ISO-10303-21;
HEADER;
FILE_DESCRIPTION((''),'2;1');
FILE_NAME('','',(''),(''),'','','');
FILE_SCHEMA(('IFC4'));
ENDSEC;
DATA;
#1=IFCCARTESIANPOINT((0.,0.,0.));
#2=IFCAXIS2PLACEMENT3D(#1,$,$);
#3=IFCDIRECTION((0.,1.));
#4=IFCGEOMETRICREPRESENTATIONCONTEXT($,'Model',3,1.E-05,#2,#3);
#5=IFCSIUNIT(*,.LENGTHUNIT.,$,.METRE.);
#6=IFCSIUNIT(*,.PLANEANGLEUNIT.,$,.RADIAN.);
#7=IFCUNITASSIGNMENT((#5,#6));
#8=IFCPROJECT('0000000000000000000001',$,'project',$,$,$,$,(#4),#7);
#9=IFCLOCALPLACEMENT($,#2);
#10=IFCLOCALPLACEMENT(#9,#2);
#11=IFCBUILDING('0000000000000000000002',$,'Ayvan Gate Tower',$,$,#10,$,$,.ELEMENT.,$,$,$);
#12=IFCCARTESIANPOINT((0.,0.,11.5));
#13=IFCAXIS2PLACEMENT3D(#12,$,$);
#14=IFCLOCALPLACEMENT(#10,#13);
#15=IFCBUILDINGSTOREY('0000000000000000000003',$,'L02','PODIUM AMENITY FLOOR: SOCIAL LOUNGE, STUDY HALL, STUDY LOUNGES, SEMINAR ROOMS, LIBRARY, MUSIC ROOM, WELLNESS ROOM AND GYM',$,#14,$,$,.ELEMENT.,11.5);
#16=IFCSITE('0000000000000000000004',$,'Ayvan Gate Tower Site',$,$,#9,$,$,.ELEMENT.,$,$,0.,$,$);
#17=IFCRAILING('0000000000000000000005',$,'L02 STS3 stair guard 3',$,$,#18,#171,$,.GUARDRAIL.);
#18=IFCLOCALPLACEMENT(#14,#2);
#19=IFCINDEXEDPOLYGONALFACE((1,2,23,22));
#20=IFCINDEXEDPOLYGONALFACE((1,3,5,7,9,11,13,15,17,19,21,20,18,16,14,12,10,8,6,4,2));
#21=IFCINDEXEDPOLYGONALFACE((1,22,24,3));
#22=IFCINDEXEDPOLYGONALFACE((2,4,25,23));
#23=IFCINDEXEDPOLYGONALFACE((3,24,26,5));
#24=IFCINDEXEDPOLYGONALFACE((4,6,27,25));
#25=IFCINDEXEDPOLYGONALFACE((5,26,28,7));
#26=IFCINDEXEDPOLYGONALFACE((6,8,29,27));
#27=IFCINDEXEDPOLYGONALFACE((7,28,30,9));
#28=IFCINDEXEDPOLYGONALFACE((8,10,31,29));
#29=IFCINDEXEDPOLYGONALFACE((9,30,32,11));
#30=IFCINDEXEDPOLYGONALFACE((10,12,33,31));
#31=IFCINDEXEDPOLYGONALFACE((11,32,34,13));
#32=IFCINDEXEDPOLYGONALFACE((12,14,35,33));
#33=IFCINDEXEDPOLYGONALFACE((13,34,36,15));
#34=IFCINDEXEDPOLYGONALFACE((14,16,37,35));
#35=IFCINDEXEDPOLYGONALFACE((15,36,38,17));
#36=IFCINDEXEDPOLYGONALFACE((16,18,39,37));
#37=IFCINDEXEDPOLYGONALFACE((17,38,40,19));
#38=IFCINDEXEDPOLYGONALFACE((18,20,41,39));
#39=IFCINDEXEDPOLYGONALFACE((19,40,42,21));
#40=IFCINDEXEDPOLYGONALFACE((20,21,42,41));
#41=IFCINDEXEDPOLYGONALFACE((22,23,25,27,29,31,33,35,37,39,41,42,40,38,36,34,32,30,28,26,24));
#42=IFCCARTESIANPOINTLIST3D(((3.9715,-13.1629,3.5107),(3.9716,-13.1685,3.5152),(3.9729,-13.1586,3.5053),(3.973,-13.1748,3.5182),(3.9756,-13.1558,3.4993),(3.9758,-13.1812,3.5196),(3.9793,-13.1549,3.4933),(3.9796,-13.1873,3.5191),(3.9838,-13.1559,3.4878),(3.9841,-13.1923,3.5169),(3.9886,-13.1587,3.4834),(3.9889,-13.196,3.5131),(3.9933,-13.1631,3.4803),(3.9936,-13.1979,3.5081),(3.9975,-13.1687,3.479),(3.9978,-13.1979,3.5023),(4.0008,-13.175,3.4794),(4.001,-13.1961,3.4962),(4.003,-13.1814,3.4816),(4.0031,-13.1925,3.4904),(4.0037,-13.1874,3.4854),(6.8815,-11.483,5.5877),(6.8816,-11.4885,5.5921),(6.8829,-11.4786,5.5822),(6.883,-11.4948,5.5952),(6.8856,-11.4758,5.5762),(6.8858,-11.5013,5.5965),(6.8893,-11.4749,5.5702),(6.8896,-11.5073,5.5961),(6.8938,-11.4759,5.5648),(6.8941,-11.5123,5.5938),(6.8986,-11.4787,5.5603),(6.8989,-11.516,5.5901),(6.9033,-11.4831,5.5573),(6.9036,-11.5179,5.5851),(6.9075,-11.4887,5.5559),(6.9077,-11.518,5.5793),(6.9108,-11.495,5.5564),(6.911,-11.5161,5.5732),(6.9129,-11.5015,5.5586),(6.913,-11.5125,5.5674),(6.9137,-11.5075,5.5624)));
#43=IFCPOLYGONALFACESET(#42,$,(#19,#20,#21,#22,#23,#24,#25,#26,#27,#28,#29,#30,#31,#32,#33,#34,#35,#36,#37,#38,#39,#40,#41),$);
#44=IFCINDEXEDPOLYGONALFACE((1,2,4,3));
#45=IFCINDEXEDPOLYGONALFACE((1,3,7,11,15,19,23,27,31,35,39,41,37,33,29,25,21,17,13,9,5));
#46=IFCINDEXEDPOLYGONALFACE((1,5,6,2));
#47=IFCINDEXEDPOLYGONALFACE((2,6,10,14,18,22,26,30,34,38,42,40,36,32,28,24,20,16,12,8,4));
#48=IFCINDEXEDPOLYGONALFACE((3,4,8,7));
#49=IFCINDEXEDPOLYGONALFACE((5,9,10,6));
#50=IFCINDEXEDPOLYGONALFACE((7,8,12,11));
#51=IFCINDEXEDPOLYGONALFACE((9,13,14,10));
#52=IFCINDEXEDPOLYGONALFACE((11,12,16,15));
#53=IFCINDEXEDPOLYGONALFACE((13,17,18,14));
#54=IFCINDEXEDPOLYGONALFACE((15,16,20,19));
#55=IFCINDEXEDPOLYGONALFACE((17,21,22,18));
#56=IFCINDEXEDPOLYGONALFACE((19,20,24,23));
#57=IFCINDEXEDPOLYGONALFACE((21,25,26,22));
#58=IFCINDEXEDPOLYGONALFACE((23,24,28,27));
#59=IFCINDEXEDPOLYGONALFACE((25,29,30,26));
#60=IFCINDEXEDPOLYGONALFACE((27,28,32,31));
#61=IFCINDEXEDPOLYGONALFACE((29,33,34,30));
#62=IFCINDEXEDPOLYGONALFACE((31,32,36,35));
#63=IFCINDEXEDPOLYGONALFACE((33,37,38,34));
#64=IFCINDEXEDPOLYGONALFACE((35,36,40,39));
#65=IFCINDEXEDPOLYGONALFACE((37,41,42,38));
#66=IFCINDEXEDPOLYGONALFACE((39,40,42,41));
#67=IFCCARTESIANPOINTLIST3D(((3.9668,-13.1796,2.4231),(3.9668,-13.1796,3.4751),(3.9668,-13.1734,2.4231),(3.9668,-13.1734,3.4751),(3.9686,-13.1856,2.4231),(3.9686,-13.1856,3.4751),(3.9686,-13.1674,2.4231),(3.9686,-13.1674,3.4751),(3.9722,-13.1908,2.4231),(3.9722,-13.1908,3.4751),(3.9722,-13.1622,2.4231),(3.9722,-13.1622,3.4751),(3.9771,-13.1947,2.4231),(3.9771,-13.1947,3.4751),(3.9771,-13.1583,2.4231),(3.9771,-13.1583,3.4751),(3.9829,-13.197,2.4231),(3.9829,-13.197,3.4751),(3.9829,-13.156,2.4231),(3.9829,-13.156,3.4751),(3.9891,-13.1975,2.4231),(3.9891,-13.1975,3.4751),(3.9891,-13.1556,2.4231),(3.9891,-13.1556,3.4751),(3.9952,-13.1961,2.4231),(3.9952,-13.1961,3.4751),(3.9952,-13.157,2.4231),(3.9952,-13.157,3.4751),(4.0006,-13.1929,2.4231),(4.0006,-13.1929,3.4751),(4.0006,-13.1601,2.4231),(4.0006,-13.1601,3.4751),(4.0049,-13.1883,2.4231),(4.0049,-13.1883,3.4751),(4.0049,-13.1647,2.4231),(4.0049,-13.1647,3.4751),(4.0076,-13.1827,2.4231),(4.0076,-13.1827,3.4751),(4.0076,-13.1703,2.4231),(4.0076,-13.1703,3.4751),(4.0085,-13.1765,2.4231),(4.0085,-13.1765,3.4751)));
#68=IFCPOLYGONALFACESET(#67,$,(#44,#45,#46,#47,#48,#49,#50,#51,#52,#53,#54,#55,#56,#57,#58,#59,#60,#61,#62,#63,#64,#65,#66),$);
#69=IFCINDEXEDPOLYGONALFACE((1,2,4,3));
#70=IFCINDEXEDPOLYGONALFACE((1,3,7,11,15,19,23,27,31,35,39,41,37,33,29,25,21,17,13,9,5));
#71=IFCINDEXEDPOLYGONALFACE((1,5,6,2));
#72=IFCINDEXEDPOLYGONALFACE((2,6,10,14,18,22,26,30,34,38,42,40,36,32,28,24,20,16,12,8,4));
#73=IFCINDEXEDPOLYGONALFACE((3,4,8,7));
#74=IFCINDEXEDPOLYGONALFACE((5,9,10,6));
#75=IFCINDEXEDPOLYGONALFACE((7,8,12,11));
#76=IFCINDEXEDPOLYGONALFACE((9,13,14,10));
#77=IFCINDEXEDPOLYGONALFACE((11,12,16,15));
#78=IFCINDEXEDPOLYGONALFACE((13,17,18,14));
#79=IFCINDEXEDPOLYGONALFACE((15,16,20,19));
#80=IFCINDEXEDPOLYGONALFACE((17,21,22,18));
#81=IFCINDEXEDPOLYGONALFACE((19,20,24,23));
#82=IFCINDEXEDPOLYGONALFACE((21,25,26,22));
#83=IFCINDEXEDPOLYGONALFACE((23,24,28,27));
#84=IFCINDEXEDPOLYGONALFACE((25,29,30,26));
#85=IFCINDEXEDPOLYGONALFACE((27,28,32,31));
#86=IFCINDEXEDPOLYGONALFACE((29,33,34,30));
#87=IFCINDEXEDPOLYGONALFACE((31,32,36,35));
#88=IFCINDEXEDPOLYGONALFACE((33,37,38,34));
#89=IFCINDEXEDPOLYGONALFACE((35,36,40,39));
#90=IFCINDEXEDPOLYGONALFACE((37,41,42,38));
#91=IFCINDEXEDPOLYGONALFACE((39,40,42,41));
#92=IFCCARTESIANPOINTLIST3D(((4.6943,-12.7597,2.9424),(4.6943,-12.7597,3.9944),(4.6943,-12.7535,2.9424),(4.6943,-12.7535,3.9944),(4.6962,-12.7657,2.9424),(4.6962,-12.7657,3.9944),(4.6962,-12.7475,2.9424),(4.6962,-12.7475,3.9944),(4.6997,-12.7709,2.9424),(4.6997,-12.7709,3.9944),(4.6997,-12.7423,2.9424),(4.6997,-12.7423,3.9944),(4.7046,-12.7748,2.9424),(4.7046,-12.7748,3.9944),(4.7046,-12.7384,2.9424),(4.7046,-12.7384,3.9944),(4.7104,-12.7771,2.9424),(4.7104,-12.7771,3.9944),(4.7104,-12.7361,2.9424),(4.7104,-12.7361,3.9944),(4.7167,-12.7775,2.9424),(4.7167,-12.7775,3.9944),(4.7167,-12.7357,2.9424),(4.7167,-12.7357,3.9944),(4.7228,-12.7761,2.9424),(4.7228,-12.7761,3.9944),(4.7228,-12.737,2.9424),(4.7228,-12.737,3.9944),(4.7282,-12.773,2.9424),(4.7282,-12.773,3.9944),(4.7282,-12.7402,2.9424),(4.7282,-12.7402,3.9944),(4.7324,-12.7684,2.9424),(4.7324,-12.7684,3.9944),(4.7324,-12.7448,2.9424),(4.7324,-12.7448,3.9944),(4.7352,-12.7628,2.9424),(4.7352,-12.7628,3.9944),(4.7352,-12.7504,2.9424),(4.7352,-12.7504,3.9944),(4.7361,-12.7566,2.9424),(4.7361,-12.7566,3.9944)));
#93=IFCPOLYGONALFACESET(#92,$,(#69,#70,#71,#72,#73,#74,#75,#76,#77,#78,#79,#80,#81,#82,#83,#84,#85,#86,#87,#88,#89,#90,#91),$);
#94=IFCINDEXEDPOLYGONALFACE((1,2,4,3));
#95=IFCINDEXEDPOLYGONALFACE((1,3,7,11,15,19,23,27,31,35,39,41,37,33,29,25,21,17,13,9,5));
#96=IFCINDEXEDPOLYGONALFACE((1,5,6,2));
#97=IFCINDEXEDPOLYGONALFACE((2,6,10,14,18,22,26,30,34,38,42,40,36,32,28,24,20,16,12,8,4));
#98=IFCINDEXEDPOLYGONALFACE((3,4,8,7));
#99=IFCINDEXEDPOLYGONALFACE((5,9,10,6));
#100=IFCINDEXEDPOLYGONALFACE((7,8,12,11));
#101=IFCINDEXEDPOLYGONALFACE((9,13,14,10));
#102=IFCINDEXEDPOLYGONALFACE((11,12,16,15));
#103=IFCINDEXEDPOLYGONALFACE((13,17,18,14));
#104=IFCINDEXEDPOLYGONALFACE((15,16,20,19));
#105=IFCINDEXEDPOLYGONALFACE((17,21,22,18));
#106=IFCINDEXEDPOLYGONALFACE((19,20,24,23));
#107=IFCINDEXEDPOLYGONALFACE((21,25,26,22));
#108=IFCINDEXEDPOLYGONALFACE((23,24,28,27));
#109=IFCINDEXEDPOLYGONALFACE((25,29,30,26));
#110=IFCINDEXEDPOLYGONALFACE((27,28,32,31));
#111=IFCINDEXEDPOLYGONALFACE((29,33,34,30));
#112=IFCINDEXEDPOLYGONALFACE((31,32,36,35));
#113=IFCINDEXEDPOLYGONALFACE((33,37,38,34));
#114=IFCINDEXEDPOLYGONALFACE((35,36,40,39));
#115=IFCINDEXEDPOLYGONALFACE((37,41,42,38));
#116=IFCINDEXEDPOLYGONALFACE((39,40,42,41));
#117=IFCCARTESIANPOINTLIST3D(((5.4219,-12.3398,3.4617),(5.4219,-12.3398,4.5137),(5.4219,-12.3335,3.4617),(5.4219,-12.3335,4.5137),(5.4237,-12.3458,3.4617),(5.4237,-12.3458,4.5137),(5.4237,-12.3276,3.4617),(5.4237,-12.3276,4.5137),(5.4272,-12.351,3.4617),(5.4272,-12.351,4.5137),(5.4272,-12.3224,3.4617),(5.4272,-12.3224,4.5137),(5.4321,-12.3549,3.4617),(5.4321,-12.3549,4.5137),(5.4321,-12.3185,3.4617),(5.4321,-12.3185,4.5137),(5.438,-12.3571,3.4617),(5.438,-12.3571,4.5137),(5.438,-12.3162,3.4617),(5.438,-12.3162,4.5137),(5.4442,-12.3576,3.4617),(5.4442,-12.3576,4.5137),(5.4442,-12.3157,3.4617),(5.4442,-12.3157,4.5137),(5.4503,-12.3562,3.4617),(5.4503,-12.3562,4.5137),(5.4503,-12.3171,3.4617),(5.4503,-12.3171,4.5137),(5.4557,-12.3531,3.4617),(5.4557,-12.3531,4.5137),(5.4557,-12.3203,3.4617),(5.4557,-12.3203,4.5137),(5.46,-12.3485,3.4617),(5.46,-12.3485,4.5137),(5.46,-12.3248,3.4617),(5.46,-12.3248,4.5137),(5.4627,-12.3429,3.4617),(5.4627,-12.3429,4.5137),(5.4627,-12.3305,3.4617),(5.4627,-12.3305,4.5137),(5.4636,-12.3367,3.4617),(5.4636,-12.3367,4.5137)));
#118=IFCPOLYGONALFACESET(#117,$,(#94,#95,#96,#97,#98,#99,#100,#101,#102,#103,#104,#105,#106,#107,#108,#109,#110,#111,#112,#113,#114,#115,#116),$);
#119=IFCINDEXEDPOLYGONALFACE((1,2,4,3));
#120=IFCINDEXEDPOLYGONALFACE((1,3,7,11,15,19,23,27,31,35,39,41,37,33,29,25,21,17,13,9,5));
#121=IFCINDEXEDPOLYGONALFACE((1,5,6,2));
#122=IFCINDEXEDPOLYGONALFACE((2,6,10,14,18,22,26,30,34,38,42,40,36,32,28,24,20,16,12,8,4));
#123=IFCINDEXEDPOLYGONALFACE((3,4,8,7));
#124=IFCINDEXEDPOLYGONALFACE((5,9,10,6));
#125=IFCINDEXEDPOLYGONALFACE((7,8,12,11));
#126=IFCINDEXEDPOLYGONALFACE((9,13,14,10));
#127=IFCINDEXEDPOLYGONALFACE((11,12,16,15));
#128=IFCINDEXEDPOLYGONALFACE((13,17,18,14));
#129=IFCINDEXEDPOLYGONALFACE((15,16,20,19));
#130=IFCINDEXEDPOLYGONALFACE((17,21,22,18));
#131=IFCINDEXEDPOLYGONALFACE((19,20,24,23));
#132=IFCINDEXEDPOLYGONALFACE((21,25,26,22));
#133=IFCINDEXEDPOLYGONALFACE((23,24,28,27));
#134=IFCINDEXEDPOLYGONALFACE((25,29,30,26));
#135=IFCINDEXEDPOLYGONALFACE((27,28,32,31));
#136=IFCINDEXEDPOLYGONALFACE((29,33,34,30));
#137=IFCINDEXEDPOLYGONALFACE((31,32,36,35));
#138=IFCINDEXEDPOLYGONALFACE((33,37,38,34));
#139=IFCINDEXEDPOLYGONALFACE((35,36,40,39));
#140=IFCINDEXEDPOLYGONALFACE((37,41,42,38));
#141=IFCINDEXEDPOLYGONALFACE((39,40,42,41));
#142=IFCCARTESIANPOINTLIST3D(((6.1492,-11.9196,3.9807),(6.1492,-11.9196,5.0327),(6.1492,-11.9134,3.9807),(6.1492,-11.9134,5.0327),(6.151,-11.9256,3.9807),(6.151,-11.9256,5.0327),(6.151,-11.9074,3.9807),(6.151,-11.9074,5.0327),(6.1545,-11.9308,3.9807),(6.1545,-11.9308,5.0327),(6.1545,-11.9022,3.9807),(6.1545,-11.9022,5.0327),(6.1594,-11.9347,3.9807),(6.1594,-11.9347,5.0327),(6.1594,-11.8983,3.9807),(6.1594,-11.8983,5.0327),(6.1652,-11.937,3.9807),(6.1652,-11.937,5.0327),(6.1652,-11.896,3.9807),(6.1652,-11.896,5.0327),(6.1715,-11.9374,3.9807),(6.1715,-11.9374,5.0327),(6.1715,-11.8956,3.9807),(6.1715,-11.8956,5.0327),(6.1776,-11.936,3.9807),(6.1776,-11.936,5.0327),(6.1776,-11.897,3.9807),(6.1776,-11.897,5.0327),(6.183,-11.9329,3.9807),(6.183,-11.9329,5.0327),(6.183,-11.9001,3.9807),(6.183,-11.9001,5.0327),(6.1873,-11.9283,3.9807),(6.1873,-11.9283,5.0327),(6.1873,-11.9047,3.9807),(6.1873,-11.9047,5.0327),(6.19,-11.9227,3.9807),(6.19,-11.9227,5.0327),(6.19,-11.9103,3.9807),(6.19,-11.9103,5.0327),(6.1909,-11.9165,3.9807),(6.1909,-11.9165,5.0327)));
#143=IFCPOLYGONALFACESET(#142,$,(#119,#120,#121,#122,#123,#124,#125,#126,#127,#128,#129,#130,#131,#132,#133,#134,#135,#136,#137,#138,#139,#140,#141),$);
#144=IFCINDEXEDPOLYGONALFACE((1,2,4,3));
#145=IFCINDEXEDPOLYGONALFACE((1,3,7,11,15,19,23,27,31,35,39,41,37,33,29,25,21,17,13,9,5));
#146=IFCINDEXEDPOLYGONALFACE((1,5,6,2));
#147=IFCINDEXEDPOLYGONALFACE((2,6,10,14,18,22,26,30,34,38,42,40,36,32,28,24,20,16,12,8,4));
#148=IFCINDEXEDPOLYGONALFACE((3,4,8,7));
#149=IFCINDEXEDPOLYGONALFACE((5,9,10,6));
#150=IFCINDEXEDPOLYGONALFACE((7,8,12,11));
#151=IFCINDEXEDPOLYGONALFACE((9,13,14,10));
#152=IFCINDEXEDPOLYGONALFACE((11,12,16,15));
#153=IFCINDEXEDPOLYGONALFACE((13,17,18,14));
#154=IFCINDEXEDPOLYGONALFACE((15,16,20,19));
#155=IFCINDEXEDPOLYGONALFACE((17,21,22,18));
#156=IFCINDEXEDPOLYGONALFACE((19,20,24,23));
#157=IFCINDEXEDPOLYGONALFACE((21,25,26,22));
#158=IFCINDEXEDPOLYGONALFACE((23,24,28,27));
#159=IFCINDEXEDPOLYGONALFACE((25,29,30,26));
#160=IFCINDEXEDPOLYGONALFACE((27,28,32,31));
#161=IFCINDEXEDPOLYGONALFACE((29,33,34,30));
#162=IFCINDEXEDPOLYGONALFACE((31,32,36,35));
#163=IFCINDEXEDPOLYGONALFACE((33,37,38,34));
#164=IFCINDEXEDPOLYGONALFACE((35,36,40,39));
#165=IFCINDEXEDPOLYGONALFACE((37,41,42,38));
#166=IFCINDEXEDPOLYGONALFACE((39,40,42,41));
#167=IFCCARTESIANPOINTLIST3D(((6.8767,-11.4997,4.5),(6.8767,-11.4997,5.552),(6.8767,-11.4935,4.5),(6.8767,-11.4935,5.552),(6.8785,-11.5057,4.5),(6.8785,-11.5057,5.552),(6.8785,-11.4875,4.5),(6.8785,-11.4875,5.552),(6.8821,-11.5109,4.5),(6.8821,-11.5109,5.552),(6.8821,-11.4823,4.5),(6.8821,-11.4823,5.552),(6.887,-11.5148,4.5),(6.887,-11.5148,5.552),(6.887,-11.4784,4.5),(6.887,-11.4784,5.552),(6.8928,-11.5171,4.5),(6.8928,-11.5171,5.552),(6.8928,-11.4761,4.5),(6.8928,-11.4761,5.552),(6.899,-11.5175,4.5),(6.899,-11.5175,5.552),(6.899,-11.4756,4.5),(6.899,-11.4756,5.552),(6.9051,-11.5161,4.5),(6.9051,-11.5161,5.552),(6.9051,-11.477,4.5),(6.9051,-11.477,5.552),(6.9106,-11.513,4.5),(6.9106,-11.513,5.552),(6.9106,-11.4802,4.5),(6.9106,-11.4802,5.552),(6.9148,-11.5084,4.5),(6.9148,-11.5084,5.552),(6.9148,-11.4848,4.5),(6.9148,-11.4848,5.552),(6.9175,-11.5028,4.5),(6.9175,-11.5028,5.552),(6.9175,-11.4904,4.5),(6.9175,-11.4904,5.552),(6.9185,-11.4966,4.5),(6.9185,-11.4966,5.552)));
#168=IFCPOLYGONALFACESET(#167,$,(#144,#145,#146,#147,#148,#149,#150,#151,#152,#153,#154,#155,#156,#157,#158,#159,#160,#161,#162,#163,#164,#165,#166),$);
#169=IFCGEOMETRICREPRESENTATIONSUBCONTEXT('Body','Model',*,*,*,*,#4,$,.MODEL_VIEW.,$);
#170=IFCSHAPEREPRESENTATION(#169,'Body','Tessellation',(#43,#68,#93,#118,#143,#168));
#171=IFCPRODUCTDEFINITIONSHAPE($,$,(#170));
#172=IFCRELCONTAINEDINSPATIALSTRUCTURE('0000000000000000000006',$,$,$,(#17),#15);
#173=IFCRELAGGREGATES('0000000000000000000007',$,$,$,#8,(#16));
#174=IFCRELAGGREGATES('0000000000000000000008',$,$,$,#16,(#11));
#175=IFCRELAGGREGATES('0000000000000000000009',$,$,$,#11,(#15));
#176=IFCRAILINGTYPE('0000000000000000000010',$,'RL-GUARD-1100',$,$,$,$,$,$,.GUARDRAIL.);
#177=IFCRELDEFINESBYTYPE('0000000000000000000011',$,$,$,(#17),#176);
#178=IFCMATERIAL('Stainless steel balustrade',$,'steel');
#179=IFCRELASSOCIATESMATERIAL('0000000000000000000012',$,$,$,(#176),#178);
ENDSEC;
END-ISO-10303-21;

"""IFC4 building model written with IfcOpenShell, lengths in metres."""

from ifc_helpers import new_model, si_unit, direction, frame, origin, origin_2d, place, context, subcontext, project, spatial, circle, extrude, material, type_object, element, save


model = new_model("IFC4")

# Units and contexts
model_context = context("Model", 3, precision=1e-05, world=origin(), true_north=direction((0.0, 1.0)))
body_context = subcontext(model_context, "Body", "Model", "MODEL_VIEW")
ifc_project = project(units=[si_unit("LENGTHUNIT", "METRE"), si_unit("PLANEANGLEUNIT", "RADIAN")], contexts=[model_context])

# Site, building, storey
site_placement = place(None, origin())
site = spatial("IfcSite", under=ifc_project, at=site_placement, Name="Ayvan Gate Tower Site", CompositionType="ELEMENT", RefElevation=0.0)
building_placement = place(site_placement, origin())
building = spatial("IfcBuilding", under=site, at=building_placement, Name="Ayvan Gate Tower", CompositionType="ELEMENT")
storey_placement = place(building_placement, frame((0.0, 0.0, 11.5)))
storey = spatial("IfcBuildingStorey", under=building, at=storey_placement, Name="L02", Description="PODIUM AMENITY FLOOR: SOCIAL LOUNGE, STUDY HALL, STUDY LOUNGES, SEMINAR ROOMS, LIBRARY, MUSIC ROOM, WELLNESS ROOM AND GYM", CompositionType="ELEMENT", Elevation=11.5)

# Railing
ifc_material_1 = material(Name="Stainless steel balustrade", Category="steel")
railing_type_1 = type_object("IfcRailingType", Name="RL-GUARD-1100", PredefinedType="GUARDRAIL", material=ifc_material_1)
railing_1_placement = place(storey_placement, frame((3.9875, -13.1765, 2.4231)))
element("IfcRailing", 1, at=railing_1_placement, inside=storey, type_object=railing_type_1, Name="L02 STS3 stair guard 3", PredefinedType="GUARDRAIL", context=body_context, shape_type="SweptSolid", body=[
    extrude(circle(Radius=0.0239, at=origin_2d()), frame((0.0, 0.0, 1.0762), z_axis=(0.736668, 0.425288, 0.525785), x_axis=(-0.499976, 0.866039, 0.0)), (0.0, 0.0, 1.0), 3.9502),
    extrude(circle(Radius=0.021, at=origin_2d()), origin(), (0.0, 0.0, 1.0), 1.052),
    extrude(circle(Radius=0.021, at=origin_2d()), frame((0.7275, 0.4199, 0.5193)), (0.0, 0.0, 1.0), 1.052),
    extrude(circle(Radius=0.021, at=origin_2d()), frame((1.4551, 0.8398, 1.0386)), (0.0, 0.0, 1.0), 1.052),
    extrude(circle(Radius=0.021, at=origin_2d()), frame((2.1824, 1.26, 1.5576)), (0.0, 0.0, 1.0), 1.052),
    extrude(circle(Radius=0.021, at=origin_2d()), frame((2.9099, 1.6799, 2.0769)), (0.0, 0.0, 1.0), 1.052),
])

save(model, "model.ifc")
